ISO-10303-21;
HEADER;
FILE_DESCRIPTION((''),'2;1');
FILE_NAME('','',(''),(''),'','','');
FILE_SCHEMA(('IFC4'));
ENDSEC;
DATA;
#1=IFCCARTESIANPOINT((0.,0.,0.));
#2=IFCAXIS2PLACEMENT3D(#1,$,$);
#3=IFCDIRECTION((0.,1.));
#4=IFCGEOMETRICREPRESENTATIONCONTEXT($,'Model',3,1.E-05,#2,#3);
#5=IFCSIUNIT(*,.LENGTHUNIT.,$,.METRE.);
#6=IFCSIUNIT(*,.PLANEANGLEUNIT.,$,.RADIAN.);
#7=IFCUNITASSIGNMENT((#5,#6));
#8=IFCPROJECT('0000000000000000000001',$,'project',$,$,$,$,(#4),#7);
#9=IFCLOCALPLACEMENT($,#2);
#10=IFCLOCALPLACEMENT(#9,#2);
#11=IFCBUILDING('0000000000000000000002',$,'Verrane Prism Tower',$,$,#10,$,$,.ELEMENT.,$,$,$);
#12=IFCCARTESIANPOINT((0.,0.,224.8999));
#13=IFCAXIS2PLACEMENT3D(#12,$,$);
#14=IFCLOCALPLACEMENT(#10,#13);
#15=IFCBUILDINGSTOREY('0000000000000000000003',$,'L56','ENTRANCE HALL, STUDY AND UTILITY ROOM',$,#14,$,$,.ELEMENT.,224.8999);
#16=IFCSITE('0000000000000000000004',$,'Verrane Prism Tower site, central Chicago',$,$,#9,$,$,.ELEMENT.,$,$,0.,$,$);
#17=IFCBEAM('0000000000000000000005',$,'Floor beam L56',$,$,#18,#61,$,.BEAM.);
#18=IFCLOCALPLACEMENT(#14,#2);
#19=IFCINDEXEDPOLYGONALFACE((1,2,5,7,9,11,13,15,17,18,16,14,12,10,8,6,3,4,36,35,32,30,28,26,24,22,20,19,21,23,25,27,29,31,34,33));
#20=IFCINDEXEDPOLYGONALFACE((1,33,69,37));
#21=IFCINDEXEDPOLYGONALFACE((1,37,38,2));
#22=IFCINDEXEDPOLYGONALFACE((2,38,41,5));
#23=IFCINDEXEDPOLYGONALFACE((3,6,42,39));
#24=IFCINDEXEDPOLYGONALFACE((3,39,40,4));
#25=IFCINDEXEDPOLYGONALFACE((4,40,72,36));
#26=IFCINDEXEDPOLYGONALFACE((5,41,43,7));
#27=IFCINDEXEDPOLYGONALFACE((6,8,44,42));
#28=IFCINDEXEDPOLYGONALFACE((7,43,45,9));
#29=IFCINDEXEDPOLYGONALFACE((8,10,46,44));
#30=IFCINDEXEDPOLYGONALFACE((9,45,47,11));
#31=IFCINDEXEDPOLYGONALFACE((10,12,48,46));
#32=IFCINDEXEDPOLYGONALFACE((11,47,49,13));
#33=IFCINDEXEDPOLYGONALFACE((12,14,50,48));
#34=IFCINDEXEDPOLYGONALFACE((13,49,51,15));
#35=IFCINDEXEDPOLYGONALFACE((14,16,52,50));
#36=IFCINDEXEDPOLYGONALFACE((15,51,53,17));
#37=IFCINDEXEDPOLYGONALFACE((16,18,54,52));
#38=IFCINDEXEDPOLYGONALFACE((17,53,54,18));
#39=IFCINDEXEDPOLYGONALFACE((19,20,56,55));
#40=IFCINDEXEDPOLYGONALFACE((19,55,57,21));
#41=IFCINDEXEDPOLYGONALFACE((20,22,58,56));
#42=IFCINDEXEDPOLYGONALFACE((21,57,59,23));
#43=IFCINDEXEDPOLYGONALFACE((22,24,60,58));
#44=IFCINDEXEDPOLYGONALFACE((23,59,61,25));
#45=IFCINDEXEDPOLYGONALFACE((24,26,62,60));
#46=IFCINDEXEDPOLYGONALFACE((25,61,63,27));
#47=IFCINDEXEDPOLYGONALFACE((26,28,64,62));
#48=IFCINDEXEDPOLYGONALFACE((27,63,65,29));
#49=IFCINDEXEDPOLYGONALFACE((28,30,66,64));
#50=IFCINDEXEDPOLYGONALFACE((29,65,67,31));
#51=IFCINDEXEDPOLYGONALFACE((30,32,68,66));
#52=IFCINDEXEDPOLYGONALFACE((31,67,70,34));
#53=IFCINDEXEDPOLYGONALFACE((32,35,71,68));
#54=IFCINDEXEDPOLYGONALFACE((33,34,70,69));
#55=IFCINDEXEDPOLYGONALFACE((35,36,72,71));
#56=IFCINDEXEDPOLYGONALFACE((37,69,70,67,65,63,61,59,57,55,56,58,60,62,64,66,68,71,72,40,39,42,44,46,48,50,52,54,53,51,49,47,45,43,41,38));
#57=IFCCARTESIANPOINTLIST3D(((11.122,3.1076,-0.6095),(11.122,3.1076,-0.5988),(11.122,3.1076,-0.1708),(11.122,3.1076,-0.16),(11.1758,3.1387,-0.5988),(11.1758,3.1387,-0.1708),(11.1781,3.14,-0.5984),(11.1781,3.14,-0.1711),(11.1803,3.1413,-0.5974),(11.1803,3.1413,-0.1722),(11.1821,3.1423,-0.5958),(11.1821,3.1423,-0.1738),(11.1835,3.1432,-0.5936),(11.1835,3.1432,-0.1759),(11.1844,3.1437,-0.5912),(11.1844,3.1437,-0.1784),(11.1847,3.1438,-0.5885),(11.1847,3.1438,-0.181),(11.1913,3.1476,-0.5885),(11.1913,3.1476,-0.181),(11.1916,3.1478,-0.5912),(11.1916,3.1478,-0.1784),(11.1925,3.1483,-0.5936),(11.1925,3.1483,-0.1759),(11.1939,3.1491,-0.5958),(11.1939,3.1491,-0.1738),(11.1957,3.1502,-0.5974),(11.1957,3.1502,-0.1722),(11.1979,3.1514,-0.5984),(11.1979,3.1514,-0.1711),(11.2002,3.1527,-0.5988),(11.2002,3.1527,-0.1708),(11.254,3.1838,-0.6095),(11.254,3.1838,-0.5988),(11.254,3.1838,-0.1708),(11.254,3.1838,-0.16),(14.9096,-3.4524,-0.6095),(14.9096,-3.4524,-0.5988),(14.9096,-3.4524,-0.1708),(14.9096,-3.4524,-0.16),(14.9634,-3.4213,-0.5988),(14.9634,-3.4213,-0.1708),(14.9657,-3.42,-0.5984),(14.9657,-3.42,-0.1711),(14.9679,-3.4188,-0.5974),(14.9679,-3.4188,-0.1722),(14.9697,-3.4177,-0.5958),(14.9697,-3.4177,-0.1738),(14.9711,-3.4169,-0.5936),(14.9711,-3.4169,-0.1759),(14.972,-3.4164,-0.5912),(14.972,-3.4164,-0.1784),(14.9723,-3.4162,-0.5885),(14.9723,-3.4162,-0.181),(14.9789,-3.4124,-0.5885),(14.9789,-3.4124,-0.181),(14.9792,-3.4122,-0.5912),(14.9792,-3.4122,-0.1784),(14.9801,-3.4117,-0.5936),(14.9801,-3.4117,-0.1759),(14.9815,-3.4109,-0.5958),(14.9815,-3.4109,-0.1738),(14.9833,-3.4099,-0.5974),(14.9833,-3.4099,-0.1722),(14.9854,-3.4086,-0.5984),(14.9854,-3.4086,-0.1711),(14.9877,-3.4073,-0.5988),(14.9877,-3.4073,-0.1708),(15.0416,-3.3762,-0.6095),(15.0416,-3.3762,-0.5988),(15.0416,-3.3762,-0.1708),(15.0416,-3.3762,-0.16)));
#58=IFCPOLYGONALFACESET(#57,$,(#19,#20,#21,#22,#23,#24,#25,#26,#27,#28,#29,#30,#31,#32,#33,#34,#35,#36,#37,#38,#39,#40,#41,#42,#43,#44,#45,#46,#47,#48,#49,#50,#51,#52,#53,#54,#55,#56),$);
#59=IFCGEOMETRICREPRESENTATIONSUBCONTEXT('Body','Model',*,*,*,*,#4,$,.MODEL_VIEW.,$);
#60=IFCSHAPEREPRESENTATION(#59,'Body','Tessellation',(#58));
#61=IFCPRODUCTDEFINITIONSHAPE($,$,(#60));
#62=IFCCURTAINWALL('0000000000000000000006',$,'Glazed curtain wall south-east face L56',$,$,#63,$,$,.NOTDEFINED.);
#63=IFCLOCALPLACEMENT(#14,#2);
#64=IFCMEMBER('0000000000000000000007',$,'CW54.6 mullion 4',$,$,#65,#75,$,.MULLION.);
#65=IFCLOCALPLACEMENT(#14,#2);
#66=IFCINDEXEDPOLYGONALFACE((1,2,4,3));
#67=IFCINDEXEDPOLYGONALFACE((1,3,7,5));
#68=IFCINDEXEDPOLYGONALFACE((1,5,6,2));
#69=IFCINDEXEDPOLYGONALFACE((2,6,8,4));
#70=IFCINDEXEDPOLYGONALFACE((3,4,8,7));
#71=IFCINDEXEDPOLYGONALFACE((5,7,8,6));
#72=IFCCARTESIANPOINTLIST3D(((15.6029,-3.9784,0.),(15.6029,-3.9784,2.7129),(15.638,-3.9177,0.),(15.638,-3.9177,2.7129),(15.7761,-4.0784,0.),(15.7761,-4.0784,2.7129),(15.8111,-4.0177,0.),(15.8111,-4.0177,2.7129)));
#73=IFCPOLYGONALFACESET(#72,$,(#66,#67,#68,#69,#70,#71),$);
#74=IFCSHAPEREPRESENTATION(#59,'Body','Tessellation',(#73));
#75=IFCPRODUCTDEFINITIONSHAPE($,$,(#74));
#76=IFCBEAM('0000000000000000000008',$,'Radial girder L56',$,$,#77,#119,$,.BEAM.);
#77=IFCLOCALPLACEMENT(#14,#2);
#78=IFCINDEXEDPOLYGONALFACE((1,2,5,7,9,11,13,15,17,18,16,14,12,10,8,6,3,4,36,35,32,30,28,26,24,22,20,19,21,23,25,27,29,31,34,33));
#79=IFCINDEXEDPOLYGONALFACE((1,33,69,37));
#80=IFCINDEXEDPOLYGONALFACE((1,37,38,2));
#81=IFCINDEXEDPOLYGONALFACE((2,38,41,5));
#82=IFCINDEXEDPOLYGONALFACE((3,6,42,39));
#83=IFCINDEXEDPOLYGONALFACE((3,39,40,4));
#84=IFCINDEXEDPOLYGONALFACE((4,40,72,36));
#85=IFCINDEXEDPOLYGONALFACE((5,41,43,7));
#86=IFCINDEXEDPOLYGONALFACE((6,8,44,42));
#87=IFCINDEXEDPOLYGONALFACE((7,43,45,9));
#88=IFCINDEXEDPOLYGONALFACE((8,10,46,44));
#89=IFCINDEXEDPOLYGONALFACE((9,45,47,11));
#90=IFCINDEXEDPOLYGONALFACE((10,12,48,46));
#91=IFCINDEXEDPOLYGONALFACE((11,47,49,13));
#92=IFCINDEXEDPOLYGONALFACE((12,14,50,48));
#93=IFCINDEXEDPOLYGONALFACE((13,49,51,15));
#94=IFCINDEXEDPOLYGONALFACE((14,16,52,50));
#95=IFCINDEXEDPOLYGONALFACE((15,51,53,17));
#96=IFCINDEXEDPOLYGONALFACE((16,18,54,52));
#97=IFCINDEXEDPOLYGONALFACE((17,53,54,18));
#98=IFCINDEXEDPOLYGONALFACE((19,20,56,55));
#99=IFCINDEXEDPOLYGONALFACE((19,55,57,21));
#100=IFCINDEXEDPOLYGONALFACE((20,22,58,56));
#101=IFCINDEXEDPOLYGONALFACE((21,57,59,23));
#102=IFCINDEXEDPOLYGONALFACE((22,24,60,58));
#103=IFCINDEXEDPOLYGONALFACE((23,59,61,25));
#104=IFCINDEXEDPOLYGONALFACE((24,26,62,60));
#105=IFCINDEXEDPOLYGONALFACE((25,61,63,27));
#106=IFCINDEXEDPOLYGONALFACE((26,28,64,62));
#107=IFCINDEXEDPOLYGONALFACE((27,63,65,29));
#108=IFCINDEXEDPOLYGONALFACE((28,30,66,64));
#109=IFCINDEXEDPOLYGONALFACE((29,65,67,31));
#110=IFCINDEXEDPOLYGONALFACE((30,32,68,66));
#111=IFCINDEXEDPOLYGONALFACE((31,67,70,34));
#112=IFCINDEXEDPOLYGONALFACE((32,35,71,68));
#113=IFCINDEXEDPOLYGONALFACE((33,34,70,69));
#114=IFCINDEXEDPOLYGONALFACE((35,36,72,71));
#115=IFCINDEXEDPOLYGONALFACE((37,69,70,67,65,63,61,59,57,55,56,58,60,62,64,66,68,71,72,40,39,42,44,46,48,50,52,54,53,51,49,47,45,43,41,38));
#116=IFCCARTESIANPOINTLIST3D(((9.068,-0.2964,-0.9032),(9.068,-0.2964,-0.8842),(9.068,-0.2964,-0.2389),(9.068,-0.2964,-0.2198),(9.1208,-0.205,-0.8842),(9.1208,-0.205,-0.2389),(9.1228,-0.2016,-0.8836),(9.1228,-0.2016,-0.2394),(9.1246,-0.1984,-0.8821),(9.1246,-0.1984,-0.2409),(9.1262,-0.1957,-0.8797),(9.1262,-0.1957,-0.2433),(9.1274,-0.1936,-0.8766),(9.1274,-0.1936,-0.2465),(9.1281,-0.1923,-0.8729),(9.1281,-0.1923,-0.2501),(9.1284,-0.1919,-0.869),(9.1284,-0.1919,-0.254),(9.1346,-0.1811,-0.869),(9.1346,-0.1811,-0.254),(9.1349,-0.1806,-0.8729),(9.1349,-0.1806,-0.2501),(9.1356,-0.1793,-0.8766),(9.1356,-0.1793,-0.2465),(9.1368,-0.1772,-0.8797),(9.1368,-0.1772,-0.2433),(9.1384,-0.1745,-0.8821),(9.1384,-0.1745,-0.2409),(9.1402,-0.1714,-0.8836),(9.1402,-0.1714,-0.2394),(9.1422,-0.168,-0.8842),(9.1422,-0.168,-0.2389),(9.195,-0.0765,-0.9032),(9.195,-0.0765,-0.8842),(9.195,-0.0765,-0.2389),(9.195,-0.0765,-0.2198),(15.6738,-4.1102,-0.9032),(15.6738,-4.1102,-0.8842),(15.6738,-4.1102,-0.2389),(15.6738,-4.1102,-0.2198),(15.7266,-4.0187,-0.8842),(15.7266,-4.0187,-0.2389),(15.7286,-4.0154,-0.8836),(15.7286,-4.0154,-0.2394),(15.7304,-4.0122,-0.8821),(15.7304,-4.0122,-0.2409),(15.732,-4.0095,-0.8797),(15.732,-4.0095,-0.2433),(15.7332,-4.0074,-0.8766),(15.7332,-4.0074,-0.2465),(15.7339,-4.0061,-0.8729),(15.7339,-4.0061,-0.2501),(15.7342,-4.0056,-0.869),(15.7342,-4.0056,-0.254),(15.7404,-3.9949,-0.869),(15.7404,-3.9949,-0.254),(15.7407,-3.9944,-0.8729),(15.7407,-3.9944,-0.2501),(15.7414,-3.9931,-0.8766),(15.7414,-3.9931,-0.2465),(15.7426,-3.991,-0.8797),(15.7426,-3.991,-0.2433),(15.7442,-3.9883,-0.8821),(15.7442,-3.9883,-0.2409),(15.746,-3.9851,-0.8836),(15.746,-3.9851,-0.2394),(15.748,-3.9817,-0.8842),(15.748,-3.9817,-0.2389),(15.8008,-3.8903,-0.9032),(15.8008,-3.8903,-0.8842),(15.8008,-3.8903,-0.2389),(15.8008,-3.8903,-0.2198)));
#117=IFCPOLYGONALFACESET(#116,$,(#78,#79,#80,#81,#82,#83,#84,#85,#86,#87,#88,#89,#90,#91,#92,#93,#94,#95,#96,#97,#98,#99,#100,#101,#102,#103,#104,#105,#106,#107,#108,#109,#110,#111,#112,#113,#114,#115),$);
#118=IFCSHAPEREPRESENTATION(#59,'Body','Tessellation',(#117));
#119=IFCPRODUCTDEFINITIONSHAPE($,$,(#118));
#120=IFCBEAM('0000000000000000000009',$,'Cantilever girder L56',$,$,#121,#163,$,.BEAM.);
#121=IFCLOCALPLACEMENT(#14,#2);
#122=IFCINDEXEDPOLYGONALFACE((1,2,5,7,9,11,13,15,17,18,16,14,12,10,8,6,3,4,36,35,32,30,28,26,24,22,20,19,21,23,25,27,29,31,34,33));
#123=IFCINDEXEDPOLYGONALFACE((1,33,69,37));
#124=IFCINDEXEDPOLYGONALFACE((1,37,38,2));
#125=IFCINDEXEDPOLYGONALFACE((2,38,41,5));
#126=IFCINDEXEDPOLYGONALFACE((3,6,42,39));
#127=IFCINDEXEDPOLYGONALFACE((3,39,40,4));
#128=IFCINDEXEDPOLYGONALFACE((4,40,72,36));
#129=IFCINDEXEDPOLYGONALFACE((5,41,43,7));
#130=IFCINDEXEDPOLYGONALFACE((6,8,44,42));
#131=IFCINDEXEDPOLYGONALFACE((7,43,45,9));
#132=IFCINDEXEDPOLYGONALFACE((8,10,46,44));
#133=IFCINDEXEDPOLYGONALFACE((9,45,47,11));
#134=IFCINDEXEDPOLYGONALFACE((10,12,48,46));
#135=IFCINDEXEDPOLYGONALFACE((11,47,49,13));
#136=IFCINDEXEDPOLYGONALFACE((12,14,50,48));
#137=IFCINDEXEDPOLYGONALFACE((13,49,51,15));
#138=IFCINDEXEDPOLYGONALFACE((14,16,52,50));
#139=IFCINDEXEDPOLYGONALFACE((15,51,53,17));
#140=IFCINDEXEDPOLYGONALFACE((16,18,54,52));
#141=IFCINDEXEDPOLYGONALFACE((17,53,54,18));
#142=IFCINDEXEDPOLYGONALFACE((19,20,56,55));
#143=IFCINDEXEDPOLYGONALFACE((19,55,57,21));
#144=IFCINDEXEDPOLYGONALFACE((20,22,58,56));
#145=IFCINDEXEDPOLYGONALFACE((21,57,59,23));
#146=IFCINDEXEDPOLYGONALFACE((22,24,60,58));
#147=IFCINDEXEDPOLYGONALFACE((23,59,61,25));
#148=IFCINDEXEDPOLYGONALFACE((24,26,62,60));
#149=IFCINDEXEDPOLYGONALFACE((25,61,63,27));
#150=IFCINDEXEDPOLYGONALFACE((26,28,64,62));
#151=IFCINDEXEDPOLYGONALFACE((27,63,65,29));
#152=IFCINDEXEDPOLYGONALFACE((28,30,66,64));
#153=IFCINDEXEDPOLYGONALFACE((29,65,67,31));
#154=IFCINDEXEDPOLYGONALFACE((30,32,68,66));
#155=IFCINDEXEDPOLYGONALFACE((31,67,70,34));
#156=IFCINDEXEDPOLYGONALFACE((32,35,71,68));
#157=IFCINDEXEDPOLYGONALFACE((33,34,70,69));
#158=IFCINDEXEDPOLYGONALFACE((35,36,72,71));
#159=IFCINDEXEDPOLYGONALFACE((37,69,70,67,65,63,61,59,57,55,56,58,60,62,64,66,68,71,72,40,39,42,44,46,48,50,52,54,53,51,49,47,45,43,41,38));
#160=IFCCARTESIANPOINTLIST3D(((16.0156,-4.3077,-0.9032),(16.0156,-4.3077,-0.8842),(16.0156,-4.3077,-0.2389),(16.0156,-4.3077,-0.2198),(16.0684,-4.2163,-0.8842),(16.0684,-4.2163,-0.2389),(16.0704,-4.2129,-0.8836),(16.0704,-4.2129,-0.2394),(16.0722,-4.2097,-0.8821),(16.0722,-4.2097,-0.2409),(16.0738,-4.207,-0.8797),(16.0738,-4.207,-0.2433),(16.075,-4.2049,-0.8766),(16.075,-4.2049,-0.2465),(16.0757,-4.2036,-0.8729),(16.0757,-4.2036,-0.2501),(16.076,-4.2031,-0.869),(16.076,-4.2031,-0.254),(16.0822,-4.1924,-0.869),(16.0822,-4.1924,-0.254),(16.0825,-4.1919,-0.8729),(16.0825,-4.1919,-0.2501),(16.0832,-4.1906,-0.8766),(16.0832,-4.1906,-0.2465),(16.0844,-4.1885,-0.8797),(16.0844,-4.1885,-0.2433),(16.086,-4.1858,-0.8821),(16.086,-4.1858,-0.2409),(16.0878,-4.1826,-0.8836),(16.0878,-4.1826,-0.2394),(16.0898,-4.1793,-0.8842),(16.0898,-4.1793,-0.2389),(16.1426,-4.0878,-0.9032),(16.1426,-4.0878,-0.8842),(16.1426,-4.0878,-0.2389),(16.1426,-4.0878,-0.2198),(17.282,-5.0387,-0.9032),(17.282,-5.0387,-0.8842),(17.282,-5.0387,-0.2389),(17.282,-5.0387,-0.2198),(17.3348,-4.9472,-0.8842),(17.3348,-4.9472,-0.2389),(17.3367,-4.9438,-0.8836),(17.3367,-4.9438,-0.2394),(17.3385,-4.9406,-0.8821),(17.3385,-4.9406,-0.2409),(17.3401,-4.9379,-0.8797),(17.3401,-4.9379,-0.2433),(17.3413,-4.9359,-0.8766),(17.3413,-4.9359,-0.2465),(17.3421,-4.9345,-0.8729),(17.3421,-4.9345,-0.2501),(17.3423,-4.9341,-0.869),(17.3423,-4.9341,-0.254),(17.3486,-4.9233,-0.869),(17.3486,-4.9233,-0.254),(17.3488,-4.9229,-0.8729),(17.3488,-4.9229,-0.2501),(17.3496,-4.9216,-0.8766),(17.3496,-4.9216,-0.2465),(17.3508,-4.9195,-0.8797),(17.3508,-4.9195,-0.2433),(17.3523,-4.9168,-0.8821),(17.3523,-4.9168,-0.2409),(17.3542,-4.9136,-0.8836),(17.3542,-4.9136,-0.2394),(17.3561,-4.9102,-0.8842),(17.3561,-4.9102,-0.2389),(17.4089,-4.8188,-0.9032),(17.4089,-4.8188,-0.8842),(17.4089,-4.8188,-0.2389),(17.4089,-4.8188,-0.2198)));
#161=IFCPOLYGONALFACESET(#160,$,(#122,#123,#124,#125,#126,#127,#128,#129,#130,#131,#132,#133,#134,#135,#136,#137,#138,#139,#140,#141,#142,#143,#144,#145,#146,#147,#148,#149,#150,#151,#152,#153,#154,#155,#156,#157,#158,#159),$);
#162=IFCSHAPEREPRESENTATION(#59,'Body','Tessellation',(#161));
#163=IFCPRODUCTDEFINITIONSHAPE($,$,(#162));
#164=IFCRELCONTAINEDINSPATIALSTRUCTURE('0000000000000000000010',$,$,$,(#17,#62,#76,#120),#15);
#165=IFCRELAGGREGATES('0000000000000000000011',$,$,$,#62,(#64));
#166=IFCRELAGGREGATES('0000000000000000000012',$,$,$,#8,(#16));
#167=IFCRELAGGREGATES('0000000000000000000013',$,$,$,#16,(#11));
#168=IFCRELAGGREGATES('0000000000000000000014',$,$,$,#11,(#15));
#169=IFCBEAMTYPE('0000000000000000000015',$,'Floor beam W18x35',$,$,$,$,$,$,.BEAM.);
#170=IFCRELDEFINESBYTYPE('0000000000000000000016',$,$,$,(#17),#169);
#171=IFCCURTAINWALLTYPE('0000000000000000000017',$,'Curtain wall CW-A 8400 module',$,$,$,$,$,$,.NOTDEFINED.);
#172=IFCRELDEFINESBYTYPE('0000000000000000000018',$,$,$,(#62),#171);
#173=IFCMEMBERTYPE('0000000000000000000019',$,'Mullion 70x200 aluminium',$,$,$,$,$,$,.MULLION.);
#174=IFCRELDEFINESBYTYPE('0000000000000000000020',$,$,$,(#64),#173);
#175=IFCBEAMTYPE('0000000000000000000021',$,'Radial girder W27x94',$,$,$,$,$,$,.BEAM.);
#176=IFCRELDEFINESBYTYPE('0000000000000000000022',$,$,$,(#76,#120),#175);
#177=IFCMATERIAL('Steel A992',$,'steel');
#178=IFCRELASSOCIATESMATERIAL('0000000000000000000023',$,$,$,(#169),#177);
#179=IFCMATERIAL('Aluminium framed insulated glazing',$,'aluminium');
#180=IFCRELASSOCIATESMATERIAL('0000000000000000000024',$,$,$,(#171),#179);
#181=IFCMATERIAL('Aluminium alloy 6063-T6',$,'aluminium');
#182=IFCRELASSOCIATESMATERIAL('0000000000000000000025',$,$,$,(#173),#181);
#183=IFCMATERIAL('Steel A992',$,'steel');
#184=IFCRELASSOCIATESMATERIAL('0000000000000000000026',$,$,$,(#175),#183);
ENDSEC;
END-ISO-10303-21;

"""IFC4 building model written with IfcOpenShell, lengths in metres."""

from ifc_helpers import new_model, si_unit, direction, frame, origin, origin_2d, place, context, subcontext, project, spatial, rectangle, i_section, extrude, material, material_profile, profile_set, type_object, element, aggregate, save


model = new_model("IFC4")

# Units and contexts
model_context = context("Model", 3, precision=1e-05, world=origin(), true_north=direction((0.0, 1.0)))
body_context = subcontext(model_context, "Body", "Model", "MODEL_VIEW")
ifc_project = project(units=[si_unit("LENGTHUNIT", "METRE"), si_unit("PLANEANGLEUNIT", "RADIAN")], contexts=[model_context])

# Site, building, storey
site_placement = place(None, origin())
site = spatial("IfcSite", under=ifc_project, at=site_placement, Name="Verrane Prism Tower site, central Chicago", CompositionType="ELEMENT", RefElevation=0.0)
building_placement = place(site_placement, origin())
building = spatial("IfcBuilding", under=site, at=building_placement, Name="Verrane Prism Tower", CompositionType="ELEMENT")
storey_placement = place(building_placement, frame((0.0, 0.0, 224.8999)))
storey = spatial("IfcBuildingStorey", under=building, at=storey_placement, Name="L56", Description="ENTRANCE HALL, STUDY AND UTILITY ROOM", CompositionType="ELEMENT", Elevation=224.8999)

# Beam
ifc_material_1 = material(Name="Steel A992", Category="steel")
ifc_material_profile_1 = material_profile(ifc_material_1, i_section(OverallWidth=0.1523, OverallDepth=0.4495, WebThickness=0.0076, FlangeThickness=0.0107, FilletRadius=0.0103, at=origin_2d()), Name="W18x35")
ifc_profile_set_1 = profile_set([ifc_material_profile_1], Name="Steel A992")
beam_type_1 = type_object("IfcBeamType", Name="Floor beam W18x35", PredefinedType="BEAM", material=ifc_profile_set_1)
beam_1_placement = place(storey_placement, frame((14.9756, -3.4143, -0.3848), z_axis=(-0.500014, 0.866017, 0.0), x_axis=(-0.866017, -0.500014, 0.0)))
element("IfcBeam", 1, at=beam_1_placement, inside=storey, type_object=beam_type_1, Name="Floor beam L56", PredefinedType="BEAM", context=body_context, shape_type="SweptSolid", body=[
    extrude(i_section(OverallWidth=0.1523, OverallDepth=0.4495, WebThickness=0.0076, FlangeThickness=0.0107, FilletRadius=0.0103, at=origin_2d()), origin(), (0.0, 0.0, 1.0), 7.575),
])

# Curtain wall, member
ifc_material_2 = material(Name="Aluminium framed insulated glazing", Category="aluminium")
curtain_wall_type = type_object("IfcCurtainWallType", Name="Curtain wall CW-A 8400 module", PredefinedType="NOTDEFINED", material=ifc_material_2)
curtain_wall_placement = place(storey_placement, origin())
curtain_wall = element("IfcCurtainWall", 2, at=curtain_wall_placement, inside=storey, type_object=curtain_wall_type, Name="Glazed curtain wall south-east face L56", PredefinedType="NOTDEFINED")
ifc_material_3 = material(Name="Aluminium alloy 6063-T6", Category="aluminium")
ifc_material_profile_2 = material_profile(ifc_material_3, rectangle(XDim=0.2, YDim=0.0701, at=origin_2d()), Name="Mullion 70x200 aluminium")
ifc_profile_set_2 = profile_set([ifc_material_profile_2], Name="Aluminium alloy 6063-T6")
member_type_1 = type_object("IfcMemberType", Name="Mullion 70x200 aluminium", PredefinedType="MULLION", material=ifc_profile_set_2)
member_1_placement = place(storey_placement, frame((15.707, -3.998, 0.0), z_axis=(0.0, 0.0, 1.0), x_axis=(-0.866025, 0.500001, 0.0)))
member_1 = element("IfcMember", 3, at=member_1_placement, type_object=member_type_1, Name="CW54.6 mullion 4", PredefinedType="MULLION", context=body_context, shape_type="SweptSolid", body=[
    extrude(rectangle(XDim=0.2, YDim=0.0701, at=origin_2d()), origin(), (0.0, 0.0, 1.0), 2.7129),
])

# Beams
ifc_material_4 = material(Name="Steel A992", Category="steel")
ifc_material_profile_3 = material_profile(ifc_material_4, i_section(OverallWidth=0.2539, OverallDepth=0.6833, WebThickness=0.0125, FlangeThickness=0.019, FilletRadius=0.0151, at=origin_2d()), Name="W27x94")
ifc_profile_set_3 = profile_set([ifc_material_profile_3], Name="Steel A992")
beam_type_2 = type_object("IfcBeamType", Name="Radial girder W27x94", PredefinedType="BEAM", material=ifc_profile_set_3)
beam_2_placement = place(storey_placement, frame((15.7373, -4.0002, -0.5615), z_axis=(-0.86603, 0.499991, 0.0), x_axis=(-0.499991, -0.86603, 0.0)))
element("IfcBeam", 4, at=beam_2_placement, inside=storey, type_object=beam_type_2, Name="Radial girder L56", PredefinedType="BEAM", context=body_context, shape_type="SweptSolid", body=[
    extrude(i_section(OverallWidth=0.2539, OverallDepth=0.6833, WebThickness=0.0125, FlangeThickness=0.019, FilletRadius=0.0151, at=origin_2d()), origin(), (0.0, 0.0, 1.0), 7.6277),
])
beam_3_placement = place(storey_placement, frame((16.0791, -4.1978, -0.5615), z_axis=(0.866077, -0.49991, 0.0), x_axis=(0.49991, 0.866077, 0.0)))
element("IfcBeam", 5, at=beam_3_placement, inside=storey, type_object=beam_type_2, Name="Cantilever girder L56", PredefinedType="BEAM", context=body_context, shape_type="SweptSolid", body=[
    extrude(i_section(OverallWidth=0.2539, OverallDepth=0.6833, WebThickness=0.0125, FlangeThickness=0.019, FilletRadius=0.0151, at=origin_2d()), origin(), (0.0, 0.0, 1.0), 1.4622),
])

aggregate(curtain_wall, [member_1])

save(model, "model.ifc")
